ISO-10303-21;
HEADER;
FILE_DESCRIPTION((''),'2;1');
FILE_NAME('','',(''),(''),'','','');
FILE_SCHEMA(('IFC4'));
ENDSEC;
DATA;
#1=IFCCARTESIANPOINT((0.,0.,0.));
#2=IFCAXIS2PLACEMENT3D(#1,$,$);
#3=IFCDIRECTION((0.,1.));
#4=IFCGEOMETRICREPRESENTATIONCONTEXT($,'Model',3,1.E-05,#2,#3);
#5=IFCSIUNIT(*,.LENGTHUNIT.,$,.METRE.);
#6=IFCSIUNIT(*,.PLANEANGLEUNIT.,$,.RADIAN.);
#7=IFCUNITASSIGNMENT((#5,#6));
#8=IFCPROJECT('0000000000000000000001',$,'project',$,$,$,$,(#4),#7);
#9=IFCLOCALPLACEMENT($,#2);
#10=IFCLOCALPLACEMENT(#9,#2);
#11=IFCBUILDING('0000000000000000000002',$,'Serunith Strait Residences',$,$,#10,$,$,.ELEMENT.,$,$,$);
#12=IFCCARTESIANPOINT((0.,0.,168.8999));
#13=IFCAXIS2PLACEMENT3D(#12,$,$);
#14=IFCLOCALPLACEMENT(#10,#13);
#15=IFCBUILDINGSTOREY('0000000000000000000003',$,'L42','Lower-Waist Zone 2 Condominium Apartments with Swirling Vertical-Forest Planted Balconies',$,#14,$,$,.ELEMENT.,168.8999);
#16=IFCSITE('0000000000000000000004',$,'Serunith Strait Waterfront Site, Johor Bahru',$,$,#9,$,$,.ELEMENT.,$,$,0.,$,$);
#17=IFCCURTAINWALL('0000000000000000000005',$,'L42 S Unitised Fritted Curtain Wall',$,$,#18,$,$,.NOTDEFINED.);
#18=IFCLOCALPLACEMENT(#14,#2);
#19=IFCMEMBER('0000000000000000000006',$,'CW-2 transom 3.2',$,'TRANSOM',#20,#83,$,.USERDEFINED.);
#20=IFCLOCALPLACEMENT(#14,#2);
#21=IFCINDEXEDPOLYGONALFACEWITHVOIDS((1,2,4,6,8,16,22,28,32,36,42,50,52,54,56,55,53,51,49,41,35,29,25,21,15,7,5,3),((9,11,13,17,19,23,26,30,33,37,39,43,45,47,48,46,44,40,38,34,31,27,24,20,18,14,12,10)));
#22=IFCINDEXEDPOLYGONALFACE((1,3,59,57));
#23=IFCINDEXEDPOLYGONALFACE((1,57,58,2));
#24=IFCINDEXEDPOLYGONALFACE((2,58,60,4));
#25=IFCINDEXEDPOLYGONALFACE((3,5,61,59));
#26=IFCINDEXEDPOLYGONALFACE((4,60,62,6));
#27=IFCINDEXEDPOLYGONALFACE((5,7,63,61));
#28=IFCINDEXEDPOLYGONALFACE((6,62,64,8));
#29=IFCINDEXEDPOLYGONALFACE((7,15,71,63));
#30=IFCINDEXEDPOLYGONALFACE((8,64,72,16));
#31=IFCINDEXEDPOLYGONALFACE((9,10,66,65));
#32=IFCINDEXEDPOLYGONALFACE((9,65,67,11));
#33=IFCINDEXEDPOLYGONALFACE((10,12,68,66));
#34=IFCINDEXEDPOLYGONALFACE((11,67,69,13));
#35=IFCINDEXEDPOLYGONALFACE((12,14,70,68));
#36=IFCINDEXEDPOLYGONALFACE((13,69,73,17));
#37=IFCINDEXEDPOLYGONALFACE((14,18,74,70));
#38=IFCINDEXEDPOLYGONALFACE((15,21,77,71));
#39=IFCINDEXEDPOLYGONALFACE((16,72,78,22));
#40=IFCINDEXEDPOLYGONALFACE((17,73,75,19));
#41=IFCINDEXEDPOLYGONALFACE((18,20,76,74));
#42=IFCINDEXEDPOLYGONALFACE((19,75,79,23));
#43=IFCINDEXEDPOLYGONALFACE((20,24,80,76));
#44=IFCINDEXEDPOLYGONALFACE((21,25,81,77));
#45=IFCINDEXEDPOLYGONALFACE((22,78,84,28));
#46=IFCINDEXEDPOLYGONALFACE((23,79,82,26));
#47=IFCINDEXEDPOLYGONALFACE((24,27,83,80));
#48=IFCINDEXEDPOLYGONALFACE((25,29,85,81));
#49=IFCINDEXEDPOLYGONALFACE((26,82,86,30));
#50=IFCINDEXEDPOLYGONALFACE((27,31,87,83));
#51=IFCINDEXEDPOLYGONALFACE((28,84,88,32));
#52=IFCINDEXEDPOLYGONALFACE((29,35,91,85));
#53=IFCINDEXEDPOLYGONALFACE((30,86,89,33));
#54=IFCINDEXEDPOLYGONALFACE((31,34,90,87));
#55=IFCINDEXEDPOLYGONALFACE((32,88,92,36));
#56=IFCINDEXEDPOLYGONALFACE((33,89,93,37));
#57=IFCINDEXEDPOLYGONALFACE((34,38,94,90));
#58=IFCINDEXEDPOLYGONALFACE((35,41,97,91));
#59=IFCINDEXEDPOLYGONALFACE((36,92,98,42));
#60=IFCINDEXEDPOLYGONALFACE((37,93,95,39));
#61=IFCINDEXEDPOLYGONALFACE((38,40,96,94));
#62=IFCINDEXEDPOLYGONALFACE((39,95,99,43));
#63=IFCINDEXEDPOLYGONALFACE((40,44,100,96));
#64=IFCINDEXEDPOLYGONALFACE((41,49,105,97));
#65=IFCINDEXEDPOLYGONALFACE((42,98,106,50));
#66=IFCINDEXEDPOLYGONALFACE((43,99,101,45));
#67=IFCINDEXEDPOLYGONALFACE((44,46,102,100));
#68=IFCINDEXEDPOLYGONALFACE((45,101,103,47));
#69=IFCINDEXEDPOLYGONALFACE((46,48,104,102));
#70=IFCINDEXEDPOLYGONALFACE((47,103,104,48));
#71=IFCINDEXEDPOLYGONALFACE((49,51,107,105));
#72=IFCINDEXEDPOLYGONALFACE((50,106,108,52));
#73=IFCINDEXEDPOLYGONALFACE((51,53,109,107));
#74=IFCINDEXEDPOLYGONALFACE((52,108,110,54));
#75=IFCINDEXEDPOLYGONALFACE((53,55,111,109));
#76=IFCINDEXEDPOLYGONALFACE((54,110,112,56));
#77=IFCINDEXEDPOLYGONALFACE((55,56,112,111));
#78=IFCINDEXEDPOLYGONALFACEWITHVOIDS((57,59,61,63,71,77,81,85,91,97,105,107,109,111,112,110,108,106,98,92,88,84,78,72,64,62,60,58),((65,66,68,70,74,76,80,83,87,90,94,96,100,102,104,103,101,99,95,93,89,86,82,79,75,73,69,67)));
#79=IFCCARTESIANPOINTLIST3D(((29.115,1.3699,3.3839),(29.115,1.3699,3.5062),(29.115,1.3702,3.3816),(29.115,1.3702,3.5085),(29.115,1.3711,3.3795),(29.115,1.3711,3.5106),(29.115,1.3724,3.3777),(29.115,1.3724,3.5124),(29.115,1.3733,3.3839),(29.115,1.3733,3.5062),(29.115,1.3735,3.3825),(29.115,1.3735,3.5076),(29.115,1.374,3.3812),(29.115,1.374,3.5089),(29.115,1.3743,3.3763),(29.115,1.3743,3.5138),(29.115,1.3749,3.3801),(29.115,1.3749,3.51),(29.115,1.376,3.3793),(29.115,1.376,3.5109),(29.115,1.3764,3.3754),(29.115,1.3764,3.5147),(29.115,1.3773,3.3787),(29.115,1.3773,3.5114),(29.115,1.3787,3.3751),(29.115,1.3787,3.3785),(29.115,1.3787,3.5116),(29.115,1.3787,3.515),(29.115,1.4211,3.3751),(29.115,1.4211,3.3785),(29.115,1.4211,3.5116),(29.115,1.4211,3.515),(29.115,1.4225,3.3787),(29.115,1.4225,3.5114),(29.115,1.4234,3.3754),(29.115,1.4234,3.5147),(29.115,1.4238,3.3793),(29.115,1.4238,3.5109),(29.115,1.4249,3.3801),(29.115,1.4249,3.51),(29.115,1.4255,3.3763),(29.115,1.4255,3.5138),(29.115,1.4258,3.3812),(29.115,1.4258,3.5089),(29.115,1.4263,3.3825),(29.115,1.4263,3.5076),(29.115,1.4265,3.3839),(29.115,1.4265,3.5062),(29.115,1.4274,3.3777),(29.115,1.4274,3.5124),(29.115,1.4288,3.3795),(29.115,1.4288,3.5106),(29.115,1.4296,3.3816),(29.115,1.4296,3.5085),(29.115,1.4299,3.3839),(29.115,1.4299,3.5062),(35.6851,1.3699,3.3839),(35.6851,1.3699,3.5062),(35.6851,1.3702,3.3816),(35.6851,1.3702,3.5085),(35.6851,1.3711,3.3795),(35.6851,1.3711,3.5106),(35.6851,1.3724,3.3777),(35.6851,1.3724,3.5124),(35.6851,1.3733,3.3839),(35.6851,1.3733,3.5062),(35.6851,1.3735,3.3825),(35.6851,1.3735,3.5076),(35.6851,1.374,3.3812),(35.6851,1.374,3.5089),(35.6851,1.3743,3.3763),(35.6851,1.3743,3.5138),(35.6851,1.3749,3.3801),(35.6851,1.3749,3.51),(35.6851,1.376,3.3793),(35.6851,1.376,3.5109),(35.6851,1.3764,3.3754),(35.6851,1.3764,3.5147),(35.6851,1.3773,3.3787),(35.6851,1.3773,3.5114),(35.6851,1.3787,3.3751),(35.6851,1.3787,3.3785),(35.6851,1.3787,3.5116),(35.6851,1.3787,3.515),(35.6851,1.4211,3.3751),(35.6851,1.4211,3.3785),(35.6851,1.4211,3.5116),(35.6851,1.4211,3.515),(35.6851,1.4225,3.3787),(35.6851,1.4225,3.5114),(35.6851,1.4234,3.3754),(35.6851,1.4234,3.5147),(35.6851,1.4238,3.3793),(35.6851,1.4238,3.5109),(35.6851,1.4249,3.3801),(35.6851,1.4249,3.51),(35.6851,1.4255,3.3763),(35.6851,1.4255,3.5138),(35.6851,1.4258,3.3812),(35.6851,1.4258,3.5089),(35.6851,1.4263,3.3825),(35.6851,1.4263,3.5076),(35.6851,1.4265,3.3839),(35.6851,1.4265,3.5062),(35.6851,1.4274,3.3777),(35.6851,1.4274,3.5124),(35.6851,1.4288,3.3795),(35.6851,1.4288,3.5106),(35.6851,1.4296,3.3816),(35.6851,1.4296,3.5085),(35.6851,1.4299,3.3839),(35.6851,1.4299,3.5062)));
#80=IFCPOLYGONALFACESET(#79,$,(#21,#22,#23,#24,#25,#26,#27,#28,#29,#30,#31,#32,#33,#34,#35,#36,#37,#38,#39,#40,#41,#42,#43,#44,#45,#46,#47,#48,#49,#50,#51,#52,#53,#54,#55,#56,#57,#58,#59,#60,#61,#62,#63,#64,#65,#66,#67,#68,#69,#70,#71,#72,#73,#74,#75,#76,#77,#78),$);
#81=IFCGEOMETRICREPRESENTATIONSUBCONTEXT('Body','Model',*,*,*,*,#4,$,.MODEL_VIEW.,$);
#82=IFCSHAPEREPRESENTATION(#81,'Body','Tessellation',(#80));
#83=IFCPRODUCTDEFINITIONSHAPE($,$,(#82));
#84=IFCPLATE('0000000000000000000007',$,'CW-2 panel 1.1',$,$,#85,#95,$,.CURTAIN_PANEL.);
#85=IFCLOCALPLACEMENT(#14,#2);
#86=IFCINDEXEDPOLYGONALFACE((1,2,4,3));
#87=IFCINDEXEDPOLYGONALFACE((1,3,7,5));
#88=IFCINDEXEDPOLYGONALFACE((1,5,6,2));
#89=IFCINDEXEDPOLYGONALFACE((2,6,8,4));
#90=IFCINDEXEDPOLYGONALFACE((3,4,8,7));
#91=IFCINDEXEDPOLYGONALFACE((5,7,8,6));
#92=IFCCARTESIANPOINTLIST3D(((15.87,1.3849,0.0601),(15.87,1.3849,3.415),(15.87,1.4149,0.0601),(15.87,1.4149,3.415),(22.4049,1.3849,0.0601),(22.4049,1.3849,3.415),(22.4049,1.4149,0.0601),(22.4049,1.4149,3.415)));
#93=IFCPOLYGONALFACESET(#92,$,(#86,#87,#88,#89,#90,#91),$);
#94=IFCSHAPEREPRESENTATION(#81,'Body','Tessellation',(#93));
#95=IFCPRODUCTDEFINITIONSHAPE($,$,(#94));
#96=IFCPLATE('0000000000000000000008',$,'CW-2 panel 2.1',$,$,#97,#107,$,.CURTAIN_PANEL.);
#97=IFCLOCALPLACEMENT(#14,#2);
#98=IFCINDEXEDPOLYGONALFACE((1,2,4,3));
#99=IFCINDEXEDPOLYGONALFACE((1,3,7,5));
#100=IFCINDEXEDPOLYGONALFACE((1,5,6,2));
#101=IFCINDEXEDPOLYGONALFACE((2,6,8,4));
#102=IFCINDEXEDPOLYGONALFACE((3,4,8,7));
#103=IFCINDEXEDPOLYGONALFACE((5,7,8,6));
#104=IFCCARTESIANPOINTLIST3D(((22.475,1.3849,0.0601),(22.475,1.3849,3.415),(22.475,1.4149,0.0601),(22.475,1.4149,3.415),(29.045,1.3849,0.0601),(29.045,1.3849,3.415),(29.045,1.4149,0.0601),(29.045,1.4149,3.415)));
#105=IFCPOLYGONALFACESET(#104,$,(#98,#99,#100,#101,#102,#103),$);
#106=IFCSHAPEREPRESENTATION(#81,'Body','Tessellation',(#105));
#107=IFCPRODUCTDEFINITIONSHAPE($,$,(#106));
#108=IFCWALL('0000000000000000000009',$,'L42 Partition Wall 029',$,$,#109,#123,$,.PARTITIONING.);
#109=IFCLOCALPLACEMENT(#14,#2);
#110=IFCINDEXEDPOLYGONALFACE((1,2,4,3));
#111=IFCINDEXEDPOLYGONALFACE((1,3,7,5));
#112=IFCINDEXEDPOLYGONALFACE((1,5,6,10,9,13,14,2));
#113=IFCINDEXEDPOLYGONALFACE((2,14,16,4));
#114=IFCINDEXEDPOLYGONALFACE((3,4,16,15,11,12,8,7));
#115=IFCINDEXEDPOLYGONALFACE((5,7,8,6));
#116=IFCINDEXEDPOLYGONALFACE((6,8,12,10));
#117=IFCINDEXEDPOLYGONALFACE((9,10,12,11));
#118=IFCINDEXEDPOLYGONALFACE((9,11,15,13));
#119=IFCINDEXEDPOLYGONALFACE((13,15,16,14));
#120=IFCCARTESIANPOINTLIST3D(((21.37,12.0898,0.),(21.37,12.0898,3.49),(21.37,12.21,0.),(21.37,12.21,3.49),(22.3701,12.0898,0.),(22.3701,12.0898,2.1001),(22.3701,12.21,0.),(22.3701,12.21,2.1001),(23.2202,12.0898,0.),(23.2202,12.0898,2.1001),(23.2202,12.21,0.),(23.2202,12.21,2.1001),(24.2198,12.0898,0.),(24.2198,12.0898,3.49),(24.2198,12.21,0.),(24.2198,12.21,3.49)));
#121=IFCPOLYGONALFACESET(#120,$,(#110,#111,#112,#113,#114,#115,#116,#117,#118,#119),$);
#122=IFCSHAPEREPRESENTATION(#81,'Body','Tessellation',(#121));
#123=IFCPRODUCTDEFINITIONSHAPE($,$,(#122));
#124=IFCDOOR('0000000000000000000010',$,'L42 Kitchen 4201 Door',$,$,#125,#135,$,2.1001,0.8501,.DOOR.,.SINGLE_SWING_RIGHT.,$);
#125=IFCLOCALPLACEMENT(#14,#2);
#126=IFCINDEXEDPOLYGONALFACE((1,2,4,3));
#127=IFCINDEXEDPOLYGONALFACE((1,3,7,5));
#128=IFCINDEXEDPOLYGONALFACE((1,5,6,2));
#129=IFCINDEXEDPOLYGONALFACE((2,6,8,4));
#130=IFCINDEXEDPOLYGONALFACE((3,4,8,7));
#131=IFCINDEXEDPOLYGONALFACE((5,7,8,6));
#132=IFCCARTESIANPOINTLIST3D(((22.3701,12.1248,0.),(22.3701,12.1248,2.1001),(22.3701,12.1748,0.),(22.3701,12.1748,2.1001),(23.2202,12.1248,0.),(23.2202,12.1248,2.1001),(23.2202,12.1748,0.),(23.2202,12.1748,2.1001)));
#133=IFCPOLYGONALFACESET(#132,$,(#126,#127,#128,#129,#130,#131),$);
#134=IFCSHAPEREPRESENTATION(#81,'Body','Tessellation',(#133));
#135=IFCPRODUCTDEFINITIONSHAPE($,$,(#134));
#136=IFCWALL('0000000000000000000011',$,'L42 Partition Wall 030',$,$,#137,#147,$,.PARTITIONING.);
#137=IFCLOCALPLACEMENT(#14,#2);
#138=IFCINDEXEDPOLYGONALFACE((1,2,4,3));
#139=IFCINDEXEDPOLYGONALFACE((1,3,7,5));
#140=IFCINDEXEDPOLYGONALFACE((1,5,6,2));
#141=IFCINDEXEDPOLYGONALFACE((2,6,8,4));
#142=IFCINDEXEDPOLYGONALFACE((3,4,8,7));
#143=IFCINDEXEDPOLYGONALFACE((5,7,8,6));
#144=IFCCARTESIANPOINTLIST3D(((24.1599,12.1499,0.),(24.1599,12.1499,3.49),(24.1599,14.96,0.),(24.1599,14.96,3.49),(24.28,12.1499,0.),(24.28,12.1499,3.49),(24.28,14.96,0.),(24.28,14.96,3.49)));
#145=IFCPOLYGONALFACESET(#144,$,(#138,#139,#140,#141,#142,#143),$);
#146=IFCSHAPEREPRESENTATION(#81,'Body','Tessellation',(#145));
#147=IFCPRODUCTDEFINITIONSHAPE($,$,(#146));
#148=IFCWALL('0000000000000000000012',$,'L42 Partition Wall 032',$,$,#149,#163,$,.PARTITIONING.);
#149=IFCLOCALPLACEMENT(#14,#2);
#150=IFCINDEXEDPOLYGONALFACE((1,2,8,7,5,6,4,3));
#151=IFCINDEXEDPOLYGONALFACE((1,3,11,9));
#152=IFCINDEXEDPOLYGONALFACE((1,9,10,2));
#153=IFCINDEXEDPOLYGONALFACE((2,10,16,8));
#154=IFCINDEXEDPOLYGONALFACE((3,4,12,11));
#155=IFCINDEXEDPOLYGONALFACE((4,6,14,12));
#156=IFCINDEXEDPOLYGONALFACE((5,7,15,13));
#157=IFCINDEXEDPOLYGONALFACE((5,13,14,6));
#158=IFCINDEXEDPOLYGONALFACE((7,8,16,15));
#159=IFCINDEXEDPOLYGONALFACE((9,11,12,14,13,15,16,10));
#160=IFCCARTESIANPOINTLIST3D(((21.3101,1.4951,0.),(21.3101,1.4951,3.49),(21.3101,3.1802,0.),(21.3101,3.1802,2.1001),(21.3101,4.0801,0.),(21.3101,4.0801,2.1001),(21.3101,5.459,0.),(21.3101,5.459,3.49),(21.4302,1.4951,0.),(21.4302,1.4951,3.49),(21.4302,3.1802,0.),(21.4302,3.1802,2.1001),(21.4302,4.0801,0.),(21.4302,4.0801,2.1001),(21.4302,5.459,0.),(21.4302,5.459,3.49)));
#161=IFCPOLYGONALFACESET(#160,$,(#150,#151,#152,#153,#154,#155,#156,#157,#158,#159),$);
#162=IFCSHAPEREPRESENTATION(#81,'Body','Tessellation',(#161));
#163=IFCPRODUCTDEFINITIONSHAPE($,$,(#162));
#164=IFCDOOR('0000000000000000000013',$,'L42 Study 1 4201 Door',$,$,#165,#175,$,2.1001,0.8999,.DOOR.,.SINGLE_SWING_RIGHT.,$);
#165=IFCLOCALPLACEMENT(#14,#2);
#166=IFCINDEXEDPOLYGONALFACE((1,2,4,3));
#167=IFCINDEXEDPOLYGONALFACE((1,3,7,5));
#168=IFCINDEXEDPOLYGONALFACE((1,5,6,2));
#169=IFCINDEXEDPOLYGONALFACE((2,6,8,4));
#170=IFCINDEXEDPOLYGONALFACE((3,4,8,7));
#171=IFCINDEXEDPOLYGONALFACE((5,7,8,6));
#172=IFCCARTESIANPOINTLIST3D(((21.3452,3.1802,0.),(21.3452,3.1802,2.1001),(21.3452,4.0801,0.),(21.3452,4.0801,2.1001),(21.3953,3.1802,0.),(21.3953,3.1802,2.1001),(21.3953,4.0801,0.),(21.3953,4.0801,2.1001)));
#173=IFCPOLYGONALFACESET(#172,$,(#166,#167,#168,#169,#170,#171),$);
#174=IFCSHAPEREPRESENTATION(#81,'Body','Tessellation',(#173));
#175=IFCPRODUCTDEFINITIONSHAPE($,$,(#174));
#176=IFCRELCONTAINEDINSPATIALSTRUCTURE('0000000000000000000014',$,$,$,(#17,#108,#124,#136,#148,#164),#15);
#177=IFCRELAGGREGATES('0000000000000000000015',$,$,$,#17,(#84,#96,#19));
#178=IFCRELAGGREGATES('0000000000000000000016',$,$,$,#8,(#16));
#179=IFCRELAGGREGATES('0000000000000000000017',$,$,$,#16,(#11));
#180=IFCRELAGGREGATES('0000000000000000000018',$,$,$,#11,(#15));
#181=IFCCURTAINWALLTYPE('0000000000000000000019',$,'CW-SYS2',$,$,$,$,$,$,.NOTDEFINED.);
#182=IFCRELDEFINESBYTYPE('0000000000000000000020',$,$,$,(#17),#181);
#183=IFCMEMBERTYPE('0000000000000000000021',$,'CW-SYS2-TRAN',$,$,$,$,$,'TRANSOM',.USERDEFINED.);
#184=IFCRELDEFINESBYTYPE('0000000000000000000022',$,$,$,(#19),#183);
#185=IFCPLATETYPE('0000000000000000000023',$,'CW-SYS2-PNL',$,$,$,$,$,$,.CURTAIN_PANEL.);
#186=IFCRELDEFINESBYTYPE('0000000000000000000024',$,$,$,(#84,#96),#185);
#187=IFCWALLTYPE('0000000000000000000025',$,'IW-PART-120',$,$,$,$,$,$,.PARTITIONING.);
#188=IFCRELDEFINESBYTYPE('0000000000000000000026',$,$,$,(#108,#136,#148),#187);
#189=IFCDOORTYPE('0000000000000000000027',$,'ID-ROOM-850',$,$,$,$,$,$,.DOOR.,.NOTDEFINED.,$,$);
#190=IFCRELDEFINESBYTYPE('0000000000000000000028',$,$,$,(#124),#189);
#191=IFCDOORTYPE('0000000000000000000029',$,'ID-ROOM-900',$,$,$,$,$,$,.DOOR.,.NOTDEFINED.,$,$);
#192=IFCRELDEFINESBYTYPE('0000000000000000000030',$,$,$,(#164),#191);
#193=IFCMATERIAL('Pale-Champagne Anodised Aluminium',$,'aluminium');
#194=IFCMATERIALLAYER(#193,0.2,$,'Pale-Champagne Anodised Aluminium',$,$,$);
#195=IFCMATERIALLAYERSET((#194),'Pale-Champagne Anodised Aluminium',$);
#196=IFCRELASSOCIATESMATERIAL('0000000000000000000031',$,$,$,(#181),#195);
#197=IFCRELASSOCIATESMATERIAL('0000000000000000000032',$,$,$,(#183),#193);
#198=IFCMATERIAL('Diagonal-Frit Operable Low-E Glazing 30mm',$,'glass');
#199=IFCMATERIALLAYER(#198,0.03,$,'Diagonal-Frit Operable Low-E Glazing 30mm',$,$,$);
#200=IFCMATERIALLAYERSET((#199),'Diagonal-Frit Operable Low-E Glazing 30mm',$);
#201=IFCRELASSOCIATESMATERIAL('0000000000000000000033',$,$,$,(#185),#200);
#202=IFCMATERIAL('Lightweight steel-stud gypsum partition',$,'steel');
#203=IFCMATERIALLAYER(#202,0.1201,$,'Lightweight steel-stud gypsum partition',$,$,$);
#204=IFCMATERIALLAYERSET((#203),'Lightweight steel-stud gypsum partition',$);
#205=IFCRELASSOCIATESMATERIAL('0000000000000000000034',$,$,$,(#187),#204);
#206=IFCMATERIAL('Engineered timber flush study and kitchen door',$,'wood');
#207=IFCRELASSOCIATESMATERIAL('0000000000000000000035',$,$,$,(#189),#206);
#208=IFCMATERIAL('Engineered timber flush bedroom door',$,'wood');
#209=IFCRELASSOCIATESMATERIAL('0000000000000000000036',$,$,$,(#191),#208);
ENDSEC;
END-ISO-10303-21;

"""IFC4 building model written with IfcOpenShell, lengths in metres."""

from ifc_helpers import new_model, si_unit, direction, frame, frame_2d, origin, origin_2d, place, context, subcontext, project, spatial, rectangle, hollow_rectangle, extrude, source, transform, mapped, material, layer, layer_set, material_profile, profile_set, type_object, element, fill, aggregate, save


model = new_model("IFC4")

# Units and contexts
model_context = context("Model", 3, precision=1e-05, world=origin(), true_north=direction((0.0, 1.0)))
body_context = subcontext(model_context, "Body", "Model", "MODEL_VIEW")
ifc_project = project(units=[si_unit("LENGTHUNIT", "METRE"), si_unit("PLANEANGLEUNIT", "RADIAN")], contexts=[model_context])

# Site, building, storey
site_placement = place(None, origin())
site = spatial("IfcSite", under=ifc_project, at=site_placement, Name="Serunith Strait Waterfront Site, Johor Bahru", CompositionType="ELEMENT", RefElevation=0.0)
building_placement = place(site_placement, origin())
building = spatial("IfcBuilding", under=site, at=building_placement, Name="Serunith Strait Residences", CompositionType="ELEMENT")
storey_placement = place(building_placement, frame((0.0, 0.0, 168.8999)))
storey = spatial("IfcBuildingStorey", under=building, at=storey_placement, Name="L42", Description="Lower-Waist Zone 2 Condominium Apartments with Swirling Vertical-Forest Planted Balconies", CompositionType="ELEMENT", Elevation=168.8999)

# Curtain wall, member, plates
ifc_material_1 = material(Name="Pale-Champagne Anodised Aluminium", Category="aluminium")
ifc_layer_1 = layer(ifc_material_1, 0.2, Name="Pale-Champagne Anodised Aluminium")
ifc_layer_set_1 = layer_set([ifc_layer_1], Name="Pale-Champagne Anodised Aluminium")
curtain_wall_type = type_object("IfcCurtainWallType", Name="CW-SYS2", PredefinedType="NOTDEFINED", material=ifc_layer_set_1)
curtain_wall_placement = place(storey_placement, origin())
curtain_wall = element("IfcCurtainWall", 1, at=curtain_wall_placement, inside=storey, type_object=curtain_wall_type, Name="L42 S Unitised Fritted Curtain Wall", PredefinedType="NOTDEFINED")
ifc_material_profile_1 = material_profile(ifc_material_1, hollow_rectangle(XDim=0.0601, YDim=0.1399, WallThickness=0.0034, InnerFilletRadius=0.0054, OuterFilletRadius=0.0088, at=origin_2d()), Name="ALU 140x60x3.5")
ifc_profile_set_1 = profile_set([ifc_material_profile_1], Name="Pale-Champagne Anodised Aluminium")
member_type_1 = type_object("IfcMemberType", Name="CW-SYS2-TRAN", ElementType="TRANSOM", PredefinedType="USERDEFINED", material=ifc_profile_set_1)
shared_shape_1 = source(origin(), body_context, "Body", "SweptSolid", [
    extrude(hollow_rectangle(XDim=0.0601, YDim=0.1399, WallThickness=0.0034, InnerFilletRadius=0.0054, OuterFilletRadius=0.0088, at=origin_2d()), origin(), (0.0, 0.0, 1.0), 6.5701),
])
member_1_placement = place(storey_placement, frame((29.115, 1.3999, 3.4451), z_axis=(1.0, 0.0, 0.0), x_axis=(0.0, 1.0, 0.0)))
member_1 = element("IfcMember", 2, at=member_1_placement, type_object=member_type_1, Name="CW-2 transom 3.2", ObjectType="TRANSOM", PredefinedType="USERDEFINED", context=body_context, shape_type="MappedRepresentation", body=[
    mapped(shared_shape_1, transform((0.0, 0.0, 0.0), scale=1.0)),
])
ifc_material_2 = material(Name="Diagonal-Frit Operable Low-E Glazing 30mm", Category="glass")
ifc_layer_2 = layer(ifc_material_2, 0.03, Name="Diagonal-Frit Operable Low-E Glazing 30mm")
ifc_layer_set_2 = layer_set([ifc_layer_2], Name="Diagonal-Frit Operable Low-E Glazing 30mm")
plate_type = type_object("IfcPlateType", Name="CW-SYS2-PNL", PredefinedType="CURTAIN_PANEL", material=ifc_layer_set_2)
shared_shape_2 = source(origin(), body_context, "Body", "SweptSolid", [
    extrude(rectangle(XDim=6.5349, YDim=0.03, at=origin_2d()), origin(), (0.0, 0.0, 1.0), 3.355),
])
plate_1_placement = place(storey_placement, frame((19.1375, 1.3999, 0.0601), z_axis=(0.0, 0.0, 1.0), x_axis=(1.0, 0.0, 0.0)))
plate_1 = element("IfcPlate", 3, at=plate_1_placement, type_object=plate_type, Name="CW-2 panel 1.1", PredefinedType="CURTAIN_PANEL", context=body_context, shape_type="MappedRepresentation", body=[
    mapped(shared_shape_2, transform((0.0, 0.0, 0.0), scale=1.0)),
])
shared_shape_3 = source(origin(), body_context, "Body", "SweptSolid", [
    extrude(rectangle(XDim=6.5701, YDim=0.03, at=origin_2d()), origin(), (0.0, 0.0, 1.0), 3.355),
])
plate_2_placement = place(storey_placement, frame((25.76, 1.3999, 0.0601), z_axis=(0.0, 0.0, 1.0), x_axis=(1.0, 0.0, 0.0)))
plate_2 = element("IfcPlate", 4, at=plate_2_placement, type_object=plate_type, Name="CW-2 panel 2.1", PredefinedType="CURTAIN_PANEL", context=body_context, shape_type="MappedRepresentation", body=[
    mapped(shared_shape_3, transform((0.0, 0.0, 0.0), scale=1.0)),
])
aggregate(curtain_wall, [plate_1, plate_2, member_1])

# Wall, opening, door
ifc_material_3 = material(Name="Lightweight steel-stud gypsum partition", Category="steel")
ifc_layer_3 = layer(ifc_material_3, 0.1201, Name="Lightweight steel-stud gypsum partition")
ifc_layer_set_3 = layer_set([ifc_layer_3], Name="Lightweight steel-stud gypsum partition")
wall_type_1 = type_object("IfcWallType", Name="IW-PART-120", PredefinedType="PARTITIONING", material=ifc_layer_set_3)
wall_1_placement = place(storey_placement, frame((21.3701, 12.1499, 0.0), z_axis=(0.0, 0.0, 1.0), x_axis=(1.0, 0.0, 0.0)))
wall_1 = element("IfcWall", 5, at=wall_1_placement, inside=storey, type_object=wall_type_1, Name="L42 Partition Wall 029", PredefinedType="PARTITIONING", context=body_context, shape_type="SweptSolid", body=[
    extrude(rectangle(XDim=2.8499, YDim=0.1201, at=frame_2d((1.4248, 0.0))), origin(), (0.0, 0.0, 1.0), 3.49),
])
opening_1_placement = place(wall_1_placement, frame((1.0, 0.0, 0.0)))
opening_1 = element("IfcOpeningElement", 6, at=opening_1_placement, cuts=wall_1, PredefinedType="OPENING", context=body_context, shape_type="SweptSolid", body=[
    extrude(rectangle(XDim=0.8501, YDim=2.1001, at=frame_2d((0.425, 1.05))), frame((0.0, 0.0701, 0.0), z_axis=(0.0, -1.0, 0.0), x_axis=(1.0, 0.0, 0.0)), (0.0, 0.0, 1.0), 0.1401),
])
ifc_material_4 = material(Name="Engineered timber flush study and kitchen door", Category="wood")
door_type_1 = type_object("IfcDoorType", Name="ID-ROOM-850", OperationType="NOTDEFINED", PredefinedType="DOOR", material=ifc_material_4)
shared_shape_4 = source(origin(), body_context, "Body", "SweptSolid", [
    extrude(rectangle(XDim=0.8501, YDim=2.1001, at=frame_2d((0.425, 1.05))), frame((0.0, 0.0249, 0.0), z_axis=(0.0, -1.0, 0.0), x_axis=(1.0, 0.0, 0.0)), (0.0, 0.0, 1.0), 0.05),
])
door_1_placement = place(opening_1_placement, origin())
door_1 = element("IfcDoor", 7, at=door_1_placement, inside=storey, type_object=door_type_1, Name="L42 Kitchen 4201 Door", OperationType="SINGLE_SWING_RIGHT", OverallHeight=2.1001, OverallWidth=0.8501, PredefinedType="DOOR", context=body_context, shape_type="MappedRepresentation", body=[
    mapped(shared_shape_4, transform((0.0, 0.0, 0.0), scale=1.0)),
])
fill(opening_1, door_1)

# Wall
wall_2_placement = place(storey_placement, frame((24.22, 12.1499, 0.0), z_axis=(0.0, 0.0, 1.0), x_axis=(0.0, 1.0, 0.0)))
element("IfcWall", 8, at=wall_2_placement, inside=storey, type_object=wall_type_1, Name="L42 Partition Wall 030", PredefinedType="PARTITIONING", context=body_context, shape_type="SweptSolid", body=[
    extrude(rectangle(XDim=2.8101, YDim=0.1201, at=frame_2d((1.405, 0.0))), origin(), (0.0, 0.0, 1.0), 3.49),
])

# Wall, opening, door
wall_3_placement = place(storey_placement, frame((21.3701, 1.4951, 0.0), z_axis=(0.0, 0.0, 1.0), x_axis=(0.0, 1.0, 0.0)))
wall_3 = element("IfcWall", 9, at=wall_3_placement, inside=storey, type_object=wall_type_1, Name="L42 Partition Wall 032", PredefinedType="PARTITIONING", context=body_context, shape_type="SweptSolid", body=[
    extrude(rectangle(XDim=3.9639, YDim=0.1201, at=frame_2d((1.9819, 0.0))), origin(), (0.0, 0.0, 1.0), 3.49),
])
opening_2_placement = place(wall_3_placement, frame((1.6851, 0.0, 0.0)))
opening_2 = element("IfcOpeningElement", 10, at=opening_2_placement, cuts=wall_3, PredefinedType="OPENING", context=body_context, shape_type="SweptSolid", body=[
    extrude(rectangle(XDim=0.8999, YDim=2.1001, at=frame_2d((0.45, 1.05))), frame((0.0, 0.0701, 0.0), z_axis=(0.0, -1.0, 0.0), x_axis=(1.0, 0.0, 0.0)), (0.0, 0.0, 1.0), 0.1401),
])
ifc_material_5 = material(Name="Engineered timber flush bedroom door", Category="wood")
door_type_2 = type_object("IfcDoorType", Name="ID-ROOM-900", OperationType="NOTDEFINED", PredefinedType="DOOR", material=ifc_material_5)
shared_shape_5 = source(origin(), body_context, "Body", "SweptSolid", [
    extrude(rectangle(XDim=0.8999, YDim=2.1001, at=frame_2d((0.45, 1.05))), frame((0.0, 0.0249, 0.0), z_axis=(0.0, -1.0, 0.0), x_axis=(1.0, 0.0, 0.0)), (0.0, 0.0, 1.0), 0.05),
])
door_2_placement = place(opening_2_placement, origin())
door_2 = element("IfcDoor", 11, at=door_2_placement, inside=storey, type_object=door_type_2, Name="L42 Study 1 4201 Door", OperationType="SINGLE_SWING_RIGHT", OverallHeight=2.1001, OverallWidth=0.8999, PredefinedType="DOOR", context=body_context, shape_type="MappedRepresentation", body=[
    mapped(shared_shape_5, transform((0.0, 0.0, 0.0), scale=1.0)),
])
fill(opening_2, door_2)

save(model, "model.ifc")
